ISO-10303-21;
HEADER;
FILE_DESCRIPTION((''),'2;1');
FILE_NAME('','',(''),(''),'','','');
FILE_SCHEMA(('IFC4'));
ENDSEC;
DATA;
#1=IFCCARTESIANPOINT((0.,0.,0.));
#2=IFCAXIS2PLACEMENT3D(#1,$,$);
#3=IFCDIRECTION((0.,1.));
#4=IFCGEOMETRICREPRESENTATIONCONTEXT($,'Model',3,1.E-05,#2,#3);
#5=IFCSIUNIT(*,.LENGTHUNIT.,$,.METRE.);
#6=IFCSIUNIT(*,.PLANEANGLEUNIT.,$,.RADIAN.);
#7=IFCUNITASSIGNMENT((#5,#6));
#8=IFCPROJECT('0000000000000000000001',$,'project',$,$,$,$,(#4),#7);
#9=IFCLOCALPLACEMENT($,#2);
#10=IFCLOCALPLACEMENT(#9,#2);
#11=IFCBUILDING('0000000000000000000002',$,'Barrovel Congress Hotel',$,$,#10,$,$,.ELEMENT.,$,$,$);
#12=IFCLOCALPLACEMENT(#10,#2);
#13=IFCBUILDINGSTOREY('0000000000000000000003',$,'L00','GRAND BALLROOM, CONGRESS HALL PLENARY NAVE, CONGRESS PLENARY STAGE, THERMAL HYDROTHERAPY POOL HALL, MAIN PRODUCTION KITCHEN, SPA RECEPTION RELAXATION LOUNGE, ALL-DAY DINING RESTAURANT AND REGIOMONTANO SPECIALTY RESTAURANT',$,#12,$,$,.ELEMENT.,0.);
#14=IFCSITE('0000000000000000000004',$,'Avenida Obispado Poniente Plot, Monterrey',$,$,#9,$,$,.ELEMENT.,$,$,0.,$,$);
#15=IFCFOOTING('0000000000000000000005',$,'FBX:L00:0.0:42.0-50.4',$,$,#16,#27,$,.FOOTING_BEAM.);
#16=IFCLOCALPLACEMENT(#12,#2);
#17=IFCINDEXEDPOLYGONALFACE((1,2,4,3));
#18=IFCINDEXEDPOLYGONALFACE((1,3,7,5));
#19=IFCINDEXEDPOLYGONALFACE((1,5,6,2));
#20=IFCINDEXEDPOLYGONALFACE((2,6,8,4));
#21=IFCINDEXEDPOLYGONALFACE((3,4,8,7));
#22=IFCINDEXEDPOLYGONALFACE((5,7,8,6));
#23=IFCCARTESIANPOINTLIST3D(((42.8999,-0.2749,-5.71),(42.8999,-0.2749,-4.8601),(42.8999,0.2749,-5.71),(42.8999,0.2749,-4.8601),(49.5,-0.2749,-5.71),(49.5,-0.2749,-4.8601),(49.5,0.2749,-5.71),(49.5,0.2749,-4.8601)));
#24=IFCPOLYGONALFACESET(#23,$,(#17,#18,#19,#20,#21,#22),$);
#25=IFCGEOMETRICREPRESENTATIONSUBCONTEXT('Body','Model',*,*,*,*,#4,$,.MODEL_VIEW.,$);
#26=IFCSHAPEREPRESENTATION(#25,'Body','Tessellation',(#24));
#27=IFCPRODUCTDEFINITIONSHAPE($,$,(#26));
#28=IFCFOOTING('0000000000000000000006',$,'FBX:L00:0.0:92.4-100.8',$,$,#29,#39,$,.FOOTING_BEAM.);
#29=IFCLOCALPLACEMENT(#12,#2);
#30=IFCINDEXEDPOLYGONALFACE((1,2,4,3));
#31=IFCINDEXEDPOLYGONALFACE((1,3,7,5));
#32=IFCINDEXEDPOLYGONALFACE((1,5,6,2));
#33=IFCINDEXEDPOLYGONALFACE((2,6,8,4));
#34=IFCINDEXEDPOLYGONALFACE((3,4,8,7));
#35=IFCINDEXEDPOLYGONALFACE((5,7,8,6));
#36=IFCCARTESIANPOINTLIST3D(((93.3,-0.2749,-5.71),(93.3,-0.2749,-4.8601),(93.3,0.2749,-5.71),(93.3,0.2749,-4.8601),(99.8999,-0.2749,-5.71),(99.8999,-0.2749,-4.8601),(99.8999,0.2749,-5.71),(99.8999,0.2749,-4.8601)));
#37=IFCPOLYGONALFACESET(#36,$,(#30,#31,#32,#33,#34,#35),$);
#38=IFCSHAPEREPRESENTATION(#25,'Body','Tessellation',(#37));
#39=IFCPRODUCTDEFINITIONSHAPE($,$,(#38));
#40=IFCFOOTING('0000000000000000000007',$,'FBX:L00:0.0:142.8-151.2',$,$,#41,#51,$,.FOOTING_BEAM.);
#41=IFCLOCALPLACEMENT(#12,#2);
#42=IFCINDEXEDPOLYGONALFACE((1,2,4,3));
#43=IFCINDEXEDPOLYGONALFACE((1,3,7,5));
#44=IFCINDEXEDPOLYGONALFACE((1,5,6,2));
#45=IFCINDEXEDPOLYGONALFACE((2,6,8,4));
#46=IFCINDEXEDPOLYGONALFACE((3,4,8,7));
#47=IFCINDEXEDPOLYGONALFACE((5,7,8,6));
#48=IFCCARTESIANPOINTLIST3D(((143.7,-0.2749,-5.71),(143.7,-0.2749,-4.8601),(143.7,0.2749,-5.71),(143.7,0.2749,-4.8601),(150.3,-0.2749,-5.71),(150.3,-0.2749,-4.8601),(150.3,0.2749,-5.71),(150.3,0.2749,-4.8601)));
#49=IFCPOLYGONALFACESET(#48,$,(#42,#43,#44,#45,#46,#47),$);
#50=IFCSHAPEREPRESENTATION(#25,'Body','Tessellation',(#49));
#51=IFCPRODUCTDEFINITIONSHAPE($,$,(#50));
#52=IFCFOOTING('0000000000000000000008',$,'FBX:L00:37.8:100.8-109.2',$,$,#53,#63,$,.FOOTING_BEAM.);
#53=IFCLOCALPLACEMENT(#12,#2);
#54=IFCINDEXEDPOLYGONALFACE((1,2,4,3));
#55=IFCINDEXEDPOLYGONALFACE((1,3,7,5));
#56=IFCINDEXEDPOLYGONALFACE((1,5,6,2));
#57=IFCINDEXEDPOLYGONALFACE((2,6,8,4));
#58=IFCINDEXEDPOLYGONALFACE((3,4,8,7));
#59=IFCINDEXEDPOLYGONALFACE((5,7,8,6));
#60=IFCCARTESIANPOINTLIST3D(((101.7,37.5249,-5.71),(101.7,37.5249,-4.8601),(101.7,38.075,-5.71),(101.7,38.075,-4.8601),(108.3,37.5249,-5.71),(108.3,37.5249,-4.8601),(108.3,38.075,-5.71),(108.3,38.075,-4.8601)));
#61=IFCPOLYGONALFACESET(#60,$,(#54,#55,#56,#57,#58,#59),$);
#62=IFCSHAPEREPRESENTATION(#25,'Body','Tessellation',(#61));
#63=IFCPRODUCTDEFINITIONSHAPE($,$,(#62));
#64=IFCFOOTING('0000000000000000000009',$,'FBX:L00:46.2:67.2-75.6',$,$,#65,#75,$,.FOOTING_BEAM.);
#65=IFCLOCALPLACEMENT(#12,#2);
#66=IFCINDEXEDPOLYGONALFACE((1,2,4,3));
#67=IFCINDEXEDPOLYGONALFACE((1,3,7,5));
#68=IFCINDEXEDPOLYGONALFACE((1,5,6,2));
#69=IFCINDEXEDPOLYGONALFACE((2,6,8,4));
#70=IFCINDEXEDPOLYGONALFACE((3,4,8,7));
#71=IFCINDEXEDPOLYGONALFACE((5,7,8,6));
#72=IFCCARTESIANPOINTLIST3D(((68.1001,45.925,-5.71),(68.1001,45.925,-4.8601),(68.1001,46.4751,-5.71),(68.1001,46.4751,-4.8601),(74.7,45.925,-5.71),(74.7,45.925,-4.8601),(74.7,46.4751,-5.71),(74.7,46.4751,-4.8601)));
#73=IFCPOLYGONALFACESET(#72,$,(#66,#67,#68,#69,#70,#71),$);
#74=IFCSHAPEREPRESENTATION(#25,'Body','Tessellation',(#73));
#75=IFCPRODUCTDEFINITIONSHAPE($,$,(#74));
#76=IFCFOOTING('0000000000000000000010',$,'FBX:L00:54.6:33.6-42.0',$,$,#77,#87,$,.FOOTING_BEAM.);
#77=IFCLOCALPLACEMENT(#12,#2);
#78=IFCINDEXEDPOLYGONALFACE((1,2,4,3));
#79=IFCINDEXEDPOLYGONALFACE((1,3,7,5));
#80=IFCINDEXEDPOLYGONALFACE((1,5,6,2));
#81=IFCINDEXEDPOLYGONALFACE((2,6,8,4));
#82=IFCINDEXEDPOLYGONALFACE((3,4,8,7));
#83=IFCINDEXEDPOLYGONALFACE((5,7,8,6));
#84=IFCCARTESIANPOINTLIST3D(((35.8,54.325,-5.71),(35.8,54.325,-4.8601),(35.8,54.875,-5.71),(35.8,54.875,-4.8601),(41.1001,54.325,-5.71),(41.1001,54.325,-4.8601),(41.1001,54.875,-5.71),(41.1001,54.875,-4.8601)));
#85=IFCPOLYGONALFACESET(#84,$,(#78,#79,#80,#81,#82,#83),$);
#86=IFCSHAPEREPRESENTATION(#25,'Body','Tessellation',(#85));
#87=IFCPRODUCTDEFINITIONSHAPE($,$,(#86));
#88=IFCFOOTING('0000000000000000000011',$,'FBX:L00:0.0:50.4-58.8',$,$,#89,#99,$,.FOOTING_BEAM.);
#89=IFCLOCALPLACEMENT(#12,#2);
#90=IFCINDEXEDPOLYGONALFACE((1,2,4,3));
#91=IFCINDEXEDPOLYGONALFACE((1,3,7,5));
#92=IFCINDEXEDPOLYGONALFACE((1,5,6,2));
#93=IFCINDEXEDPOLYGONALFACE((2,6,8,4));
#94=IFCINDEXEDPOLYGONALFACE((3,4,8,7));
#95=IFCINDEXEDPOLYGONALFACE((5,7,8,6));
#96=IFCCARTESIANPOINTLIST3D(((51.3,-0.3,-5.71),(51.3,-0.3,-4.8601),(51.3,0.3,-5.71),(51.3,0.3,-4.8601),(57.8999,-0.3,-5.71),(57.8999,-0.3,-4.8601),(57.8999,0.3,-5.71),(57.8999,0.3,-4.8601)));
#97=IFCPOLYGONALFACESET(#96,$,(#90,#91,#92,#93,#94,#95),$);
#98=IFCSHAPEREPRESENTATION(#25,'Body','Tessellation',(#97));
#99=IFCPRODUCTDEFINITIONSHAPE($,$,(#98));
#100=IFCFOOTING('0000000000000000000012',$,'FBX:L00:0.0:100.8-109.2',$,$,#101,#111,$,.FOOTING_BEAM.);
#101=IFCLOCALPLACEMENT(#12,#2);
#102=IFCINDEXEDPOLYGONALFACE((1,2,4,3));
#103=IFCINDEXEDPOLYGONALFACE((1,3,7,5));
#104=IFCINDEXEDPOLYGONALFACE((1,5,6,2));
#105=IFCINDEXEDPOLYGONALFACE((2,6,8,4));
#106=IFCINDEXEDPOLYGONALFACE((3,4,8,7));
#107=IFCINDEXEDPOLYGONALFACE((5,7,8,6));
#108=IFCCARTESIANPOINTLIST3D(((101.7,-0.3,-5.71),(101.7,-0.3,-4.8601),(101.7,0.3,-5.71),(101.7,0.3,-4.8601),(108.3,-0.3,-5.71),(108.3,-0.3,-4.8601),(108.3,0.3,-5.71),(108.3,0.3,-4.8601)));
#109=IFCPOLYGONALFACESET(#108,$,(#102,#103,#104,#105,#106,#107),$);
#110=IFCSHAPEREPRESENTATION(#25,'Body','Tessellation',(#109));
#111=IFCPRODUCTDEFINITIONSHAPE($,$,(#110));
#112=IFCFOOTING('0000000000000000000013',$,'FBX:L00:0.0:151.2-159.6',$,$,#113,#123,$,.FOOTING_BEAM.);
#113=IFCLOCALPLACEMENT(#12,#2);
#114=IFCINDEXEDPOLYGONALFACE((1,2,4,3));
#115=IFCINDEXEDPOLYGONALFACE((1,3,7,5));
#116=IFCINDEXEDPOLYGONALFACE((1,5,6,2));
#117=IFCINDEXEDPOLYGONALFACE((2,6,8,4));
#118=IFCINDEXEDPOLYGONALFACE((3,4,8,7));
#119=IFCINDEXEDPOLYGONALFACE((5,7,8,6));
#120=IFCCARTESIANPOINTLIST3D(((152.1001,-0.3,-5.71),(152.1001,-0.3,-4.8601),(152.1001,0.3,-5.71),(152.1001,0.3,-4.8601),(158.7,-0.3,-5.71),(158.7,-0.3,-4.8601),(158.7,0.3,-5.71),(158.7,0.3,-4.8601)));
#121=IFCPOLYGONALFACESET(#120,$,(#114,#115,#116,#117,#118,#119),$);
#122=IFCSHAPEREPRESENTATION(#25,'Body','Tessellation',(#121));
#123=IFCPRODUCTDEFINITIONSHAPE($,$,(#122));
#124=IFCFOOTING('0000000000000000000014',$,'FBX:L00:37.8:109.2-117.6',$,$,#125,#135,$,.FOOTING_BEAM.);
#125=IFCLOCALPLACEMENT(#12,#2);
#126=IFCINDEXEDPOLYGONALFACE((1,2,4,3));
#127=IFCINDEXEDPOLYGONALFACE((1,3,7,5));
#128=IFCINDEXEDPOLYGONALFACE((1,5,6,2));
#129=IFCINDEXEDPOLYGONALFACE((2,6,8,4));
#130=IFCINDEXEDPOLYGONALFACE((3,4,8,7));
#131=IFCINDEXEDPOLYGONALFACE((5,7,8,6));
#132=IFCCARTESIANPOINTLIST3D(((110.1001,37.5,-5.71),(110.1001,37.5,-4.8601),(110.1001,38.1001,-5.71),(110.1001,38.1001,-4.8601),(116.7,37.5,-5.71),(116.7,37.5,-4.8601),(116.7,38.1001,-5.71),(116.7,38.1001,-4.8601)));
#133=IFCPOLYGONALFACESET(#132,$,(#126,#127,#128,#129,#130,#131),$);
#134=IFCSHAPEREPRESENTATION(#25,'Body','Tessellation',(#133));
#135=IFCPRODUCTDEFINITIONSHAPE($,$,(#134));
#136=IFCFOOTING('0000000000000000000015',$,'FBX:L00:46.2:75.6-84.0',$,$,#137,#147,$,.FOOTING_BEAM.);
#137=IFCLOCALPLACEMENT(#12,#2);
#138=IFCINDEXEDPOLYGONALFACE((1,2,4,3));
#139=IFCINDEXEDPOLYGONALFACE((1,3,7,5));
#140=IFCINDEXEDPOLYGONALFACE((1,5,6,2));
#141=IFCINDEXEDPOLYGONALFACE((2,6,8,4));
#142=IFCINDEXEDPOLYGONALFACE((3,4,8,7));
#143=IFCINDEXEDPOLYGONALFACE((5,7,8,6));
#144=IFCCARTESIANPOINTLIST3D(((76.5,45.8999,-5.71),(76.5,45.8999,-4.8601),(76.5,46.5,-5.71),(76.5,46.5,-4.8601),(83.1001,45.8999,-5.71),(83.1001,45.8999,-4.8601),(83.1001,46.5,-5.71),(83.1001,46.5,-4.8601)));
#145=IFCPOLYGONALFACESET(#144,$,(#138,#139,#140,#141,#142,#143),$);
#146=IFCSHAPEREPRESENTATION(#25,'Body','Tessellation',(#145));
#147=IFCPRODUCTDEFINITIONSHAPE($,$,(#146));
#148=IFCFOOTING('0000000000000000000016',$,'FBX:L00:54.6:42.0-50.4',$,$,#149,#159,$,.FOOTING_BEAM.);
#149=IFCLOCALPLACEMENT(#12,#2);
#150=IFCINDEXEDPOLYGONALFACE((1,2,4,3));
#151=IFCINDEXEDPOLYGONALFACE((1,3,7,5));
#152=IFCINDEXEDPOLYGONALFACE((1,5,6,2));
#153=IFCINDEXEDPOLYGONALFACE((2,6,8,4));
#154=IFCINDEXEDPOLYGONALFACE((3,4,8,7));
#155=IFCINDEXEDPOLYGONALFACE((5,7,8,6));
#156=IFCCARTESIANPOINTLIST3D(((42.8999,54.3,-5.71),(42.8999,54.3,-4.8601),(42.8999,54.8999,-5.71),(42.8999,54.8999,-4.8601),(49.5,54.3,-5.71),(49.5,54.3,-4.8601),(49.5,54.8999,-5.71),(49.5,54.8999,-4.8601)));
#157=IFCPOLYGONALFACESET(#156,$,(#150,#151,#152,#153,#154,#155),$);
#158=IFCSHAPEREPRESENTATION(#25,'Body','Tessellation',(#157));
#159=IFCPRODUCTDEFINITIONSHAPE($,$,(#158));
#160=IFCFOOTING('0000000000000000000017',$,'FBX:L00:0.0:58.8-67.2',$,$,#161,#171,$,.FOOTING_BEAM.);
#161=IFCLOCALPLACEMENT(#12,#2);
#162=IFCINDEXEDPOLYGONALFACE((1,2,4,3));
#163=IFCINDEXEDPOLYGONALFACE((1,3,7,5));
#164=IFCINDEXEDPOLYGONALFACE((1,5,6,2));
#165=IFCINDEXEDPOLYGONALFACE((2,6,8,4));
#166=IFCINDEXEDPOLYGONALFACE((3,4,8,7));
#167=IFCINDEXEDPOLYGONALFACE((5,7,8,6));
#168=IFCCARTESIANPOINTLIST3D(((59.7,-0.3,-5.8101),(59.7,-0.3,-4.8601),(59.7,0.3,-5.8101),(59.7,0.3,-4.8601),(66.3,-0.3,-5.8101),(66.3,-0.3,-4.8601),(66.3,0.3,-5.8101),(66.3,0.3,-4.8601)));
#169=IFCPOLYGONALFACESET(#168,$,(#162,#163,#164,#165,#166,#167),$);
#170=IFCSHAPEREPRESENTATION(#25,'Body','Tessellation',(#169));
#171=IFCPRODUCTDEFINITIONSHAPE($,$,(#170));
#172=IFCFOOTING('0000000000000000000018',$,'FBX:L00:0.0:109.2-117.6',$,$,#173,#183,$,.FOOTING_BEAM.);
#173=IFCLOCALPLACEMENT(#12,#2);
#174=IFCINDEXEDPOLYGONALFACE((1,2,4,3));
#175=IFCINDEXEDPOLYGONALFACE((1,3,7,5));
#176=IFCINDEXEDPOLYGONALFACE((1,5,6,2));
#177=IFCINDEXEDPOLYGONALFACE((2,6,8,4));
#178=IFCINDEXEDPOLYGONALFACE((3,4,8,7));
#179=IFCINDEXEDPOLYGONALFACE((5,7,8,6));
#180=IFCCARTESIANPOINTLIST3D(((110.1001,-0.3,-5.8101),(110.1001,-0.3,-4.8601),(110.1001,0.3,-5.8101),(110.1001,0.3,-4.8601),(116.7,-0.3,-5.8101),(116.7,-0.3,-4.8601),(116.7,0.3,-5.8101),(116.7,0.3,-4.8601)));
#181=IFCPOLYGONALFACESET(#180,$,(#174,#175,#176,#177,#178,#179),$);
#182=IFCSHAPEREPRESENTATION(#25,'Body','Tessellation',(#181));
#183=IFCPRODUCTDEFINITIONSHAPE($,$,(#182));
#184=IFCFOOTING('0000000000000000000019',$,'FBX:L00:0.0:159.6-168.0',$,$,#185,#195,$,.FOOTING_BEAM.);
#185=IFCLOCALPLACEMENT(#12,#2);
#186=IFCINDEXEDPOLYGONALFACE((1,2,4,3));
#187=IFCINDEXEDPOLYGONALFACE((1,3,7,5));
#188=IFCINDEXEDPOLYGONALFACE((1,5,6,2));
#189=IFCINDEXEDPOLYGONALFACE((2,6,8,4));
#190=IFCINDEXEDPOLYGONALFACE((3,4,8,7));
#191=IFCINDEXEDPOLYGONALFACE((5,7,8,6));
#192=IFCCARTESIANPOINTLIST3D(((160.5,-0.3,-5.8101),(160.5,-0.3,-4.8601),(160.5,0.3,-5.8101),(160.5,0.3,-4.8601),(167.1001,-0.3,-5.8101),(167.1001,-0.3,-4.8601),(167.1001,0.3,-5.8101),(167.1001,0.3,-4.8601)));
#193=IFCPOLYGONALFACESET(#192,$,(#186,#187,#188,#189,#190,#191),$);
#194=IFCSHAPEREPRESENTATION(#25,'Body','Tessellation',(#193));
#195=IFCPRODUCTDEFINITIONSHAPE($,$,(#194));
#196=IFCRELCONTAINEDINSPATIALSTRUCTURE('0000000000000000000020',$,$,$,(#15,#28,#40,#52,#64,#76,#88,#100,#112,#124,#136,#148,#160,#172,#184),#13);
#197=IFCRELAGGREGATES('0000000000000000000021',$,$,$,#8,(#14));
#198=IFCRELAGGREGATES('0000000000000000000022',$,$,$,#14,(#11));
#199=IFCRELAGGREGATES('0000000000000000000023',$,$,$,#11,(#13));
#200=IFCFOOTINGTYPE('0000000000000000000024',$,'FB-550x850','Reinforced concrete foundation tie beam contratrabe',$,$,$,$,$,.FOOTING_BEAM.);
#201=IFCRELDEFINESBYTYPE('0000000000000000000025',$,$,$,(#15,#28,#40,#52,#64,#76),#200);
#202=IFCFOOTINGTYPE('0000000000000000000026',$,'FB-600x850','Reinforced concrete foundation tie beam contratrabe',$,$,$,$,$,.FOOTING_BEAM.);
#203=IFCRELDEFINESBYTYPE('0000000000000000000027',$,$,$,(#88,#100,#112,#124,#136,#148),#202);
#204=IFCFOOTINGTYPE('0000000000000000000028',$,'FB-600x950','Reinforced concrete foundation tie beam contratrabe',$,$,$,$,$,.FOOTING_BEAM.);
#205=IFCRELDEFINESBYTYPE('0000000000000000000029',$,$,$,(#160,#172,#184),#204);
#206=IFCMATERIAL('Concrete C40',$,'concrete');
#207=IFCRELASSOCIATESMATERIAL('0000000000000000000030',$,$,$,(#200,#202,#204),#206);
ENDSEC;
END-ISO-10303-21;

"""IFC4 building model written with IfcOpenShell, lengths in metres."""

from ifc_helpers import new_model, si_unit, direction, frame, origin, place, context, subcontext, project, spatial, polyline, outline, extrude, material, type_object, element, save


model = new_model("IFC4")

# Units and contexts
model_context = context("Model", 3, precision=1e-05, world=origin(), true_north=direction((0.0, 1.0)))
body_context = subcontext(model_context, "Body", "Model", "MODEL_VIEW")
ifc_project = project(units=[si_unit("LENGTHUNIT", "METRE"), si_unit("PLANEANGLEUNIT", "RADIAN")], contexts=[model_context])

# Site, building, storey
site_placement = place(None, origin())
site = spatial("IfcSite", under=ifc_project, at=site_placement, Name="Avenida Obispado Poniente Plot, Monterrey", CompositionType="ELEMENT", RefElevation=0.0)
building_placement = place(site_placement, origin())
building = spatial("IfcBuilding", under=site, at=building_placement, Name="Barrovel Congress Hotel", CompositionType="ELEMENT")
storey_placement = place(building_placement, origin())
storey = spatial("IfcBuildingStorey", under=building, at=storey_placement, Name="L00", Description="GRAND BALLROOM, CONGRESS HALL PLENARY NAVE, CONGRESS PLENARY STAGE, THERMAL HYDROTHERAPY POOL HALL, MAIN PRODUCTION KITCHEN, SPA RECEPTION RELAXATION LOUNGE, ALL-DAY DINING RESTAURANT AND REGIOMONTANO SPECIALTY RESTAURANT", CompositionType="ELEMENT", Elevation=0.0)

# Footings
ifc_material = material(Name="Concrete C40", Category="concrete")
footing_type_1 = type_object("IfcFootingType", Name="FB-550x850", Description="Reinforced concrete foundation tie beam contratrabe", PredefinedType="FOOTING_BEAM", material=ifc_material)
footing_1_placement = place(storey_placement, frame((0.0, 0.0, -5.71)))
element("IfcFooting", 1, at=footing_1_placement, inside=storey, type_object=footing_type_1, Name="FBX:L00:0.0:42.0-50.4", PredefinedType="FOOTING_BEAM", context=body_context, shape_type="SweptSolid", body=[
    extrude(outline(polyline([(42.8999, -0.2749), (49.5, -0.2749), (49.5, 0.2749), (42.8999, 0.2749), (42.8999, -0.2749)])), origin(), (0.0, 0.0, 1.0), 0.8499),
])
footing_2_placement = place(storey_placement, frame((0.0, 0.0, -5.71)))
element("IfcFooting", 2, at=footing_2_placement, inside=storey, type_object=footing_type_1, Name="FBX:L00:0.0:92.4-100.8", PredefinedType="FOOTING_BEAM", context=body_context, shape_type="SweptSolid", body=[
    extrude(outline(polyline([(93.3, -0.2749), (99.8999, -0.2749), (99.8999, 0.2749), (93.3, 0.2749), (93.3, -0.2749)])), origin(), (0.0, 0.0, 1.0), 0.8499),
])
footing_3_placement = place(storey_placement, frame((0.0, 0.0, -5.71)))
element("IfcFooting", 3, at=footing_3_placement, inside=storey, type_object=footing_type_1, Name="FBX:L00:0.0:142.8-151.2", PredefinedType="FOOTING_BEAM", context=body_context, shape_type="SweptSolid", body=[
    extrude(outline(polyline([(143.7, -0.2749), (150.3, -0.2749), (150.3, 0.2749), (143.7, 0.2749), (143.7, -0.2749)])), origin(), (0.0, 0.0, 1.0), 0.8499),
])
footing_4_placement = place(storey_placement, frame((0.0, 0.0, -5.71)))
element("IfcFooting", 4, at=footing_4_placement, inside=storey, type_object=footing_type_1, Name="FBX:L00:37.8:100.8-109.2", PredefinedType="FOOTING_BEAM", context=body_context, shape_type="SweptSolid", body=[
    extrude(outline(polyline([(101.7, 37.5249), (108.3, 37.5249), (108.3, 38.075), (101.7, 38.075), (101.7, 37.5249)])), origin(), (0.0, 0.0, 1.0), 0.8499),
])
footing_5_placement = place(storey_placement, frame((0.0, 0.0, -5.71)))
element("IfcFooting", 5, at=footing_5_placement, inside=storey, type_object=footing_type_1, Name="FBX:L00:46.2:67.2-75.6", PredefinedType="FOOTING_BEAM", context=body_context, shape_type="SweptSolid", body=[
    extrude(outline(polyline([(68.1001, 45.925), (74.7, 45.925), (74.7, 46.4751), (68.1001, 46.4751), (68.1001, 45.925)])), origin(), (0.0, 0.0, 1.0), 0.8499),
])
footing_6_placement = place(storey_placement, frame((0.0, 0.0, -5.71)))
element("IfcFooting", 6, at=footing_6_placement, inside=storey, type_object=footing_type_1, Name="FBX:L00:54.6:33.6-42.0", PredefinedType="FOOTING_BEAM", context=body_context, shape_type="SweptSolid", body=[
    extrude(outline(polyline([(35.8, 54.325), (41.1001, 54.325), (41.1001, 54.875), (35.8, 54.875), (35.8, 54.325)])), origin(), (0.0, 0.0, 1.0), 0.8499),
])
footing_type_2 = type_object("IfcFootingType", Name="FB-600x850", Description="Reinforced concrete foundation tie beam contratrabe", PredefinedType="FOOTING_BEAM", material=ifc_material)
footing_7_placement = place(storey_placement, frame((0.0, 0.0, -5.71)))
element("IfcFooting", 7, at=footing_7_placement, inside=storey, type_object=footing_type_2, Name="FBX:L00:0.0:50.4-58.8", PredefinedType="FOOTING_BEAM", context=body_context, shape_type="SweptSolid", body=[
    extrude(outline(polyline([(51.3, -0.3), (57.8999, -0.3), (57.8999, 0.3), (51.3, 0.3), (51.3, -0.3)])), origin(), (0.0, 0.0, 1.0), 0.8499),
])
footing_8_placement = place(storey_placement, frame((0.0, 0.0, -5.71)))
element("IfcFooting", 8, at=footing_8_placement, inside=storey, type_object=footing_type_2, Name="FBX:L00:0.0:100.8-109.2", PredefinedType="FOOTING_BEAM", context=body_context, shape_type="SweptSolid", body=[
    extrude(outline(polyline([(101.7, -0.3), (108.3, -0.3), (108.3, 0.3), (101.7, 0.3), (101.7, -0.3)])), origin(), (0.0, 0.0, 1.0), 0.8499),
])
footing_9_placement = place(storey_placement, frame((0.0, 0.0, -5.71)))
element("IfcFooting", 9, at=footing_9_placement, inside=storey, type_object=footing_type_2, Name="FBX:L00:0.0:151.2-159.6", PredefinedType="FOOTING_BEAM", context=body_context, shape_type="SweptSolid", body=[
    extrude(outline(polyline([(152.1001, -0.3), (158.7, -0.3), (158.7, 0.3), (152.1001, 0.3), (152.1001, -0.3)])), origin(), (0.0, 0.0, 1.0), 0.8499),
])
footing_10_placement = place(storey_placement, frame((0.0, 0.0, -5.71)))
element("IfcFooting", 10, at=footing_10_placement, inside=storey, type_object=footing_type_2, Name="FBX:L00:37.8:109.2-117.6", PredefinedType="FOOTING_BEAM", context=body_context, shape_type="SweptSolid", body=[
    extrude(outline(polyline([(110.1001, 37.5), (116.7, 37.5), (116.7, 38.1001), (110.1001, 38.1001), (110.1001, 37.5)])), origin(), (0.0, 0.0, 1.0), 0.8499),
])
footing_11_placement = place(storey_placement, frame((0.0, 0.0, -5.71)))
element("IfcFooting", 11, at=footing_11_placement, inside=storey, type_object=footing_type_2, Name="FBX:L00:46.2:75.6-84.0", PredefinedType="FOOTING_BEAM", context=body_context, shape_type="SweptSolid", body=[
    extrude(outline(polyline([(76.5, 45.8999), (83.1001, 45.8999), (83.1001, 46.5), (76.5, 46.5), (76.5, 45.8999)])), origin(), (0.0, 0.0, 1.0), 0.8499),
])
footing_12_placement = place(storey_placement, frame((0.0, 0.0, -5.71)))
element("IfcFooting", 12, at=footing_12_placement, inside=storey, type_object=footing_type_2, Name="FBX:L00:54.6:42.0-50.4", PredefinedType="FOOTING_BEAM", context=body_context, shape_type="SweptSolid", body=[
    extrude(outline(polyline([(42.8999, 54.3), (49.5, 54.3), (49.5, 54.8999), (42.8999, 54.8999), (42.8999, 54.3)])), origin(), (0.0, 0.0, 1.0), 0.8499),
])
footing_type_3 = type_object("IfcFootingType", Name="FB-600x950", Description="Reinforced concrete foundation tie beam contratrabe", PredefinedType="FOOTING_BEAM", material=ifc_material)
footing_13_placement = place(storey_placement, frame((0.0, 0.0, -5.8101)))
element("IfcFooting", 13, at=footing_13_placement, inside=storey, type_object=footing_type_3, Name="FBX:L00:0.0:58.8-67.2", PredefinedType="FOOTING_BEAM", context=body_context, shape_type="SweptSolid", body=[
    extrude(outline(polyline([(59.7, -0.3), (66.3, -0.3), (66.3, 0.3), (59.7, 0.3), (59.7, -0.3)])), origin(), (0.0, 0.0, 1.0), 0.95),
])
footing_14_placement = place(storey_placement, frame((0.0, 0.0, -5.8101)))
element("IfcFooting", 14, at=footing_14_placement, inside=storey, type_object=footing_type_3, Name="FBX:L00:0.0:109.2-117.6", PredefinedType="FOOTING_BEAM", context=body_context, shape_type="SweptSolid", body=[
    extrude(outline(polyline([(110.1001, -0.3), (116.7, -0.3), (116.7, 0.3), (110.1001, 0.3), (110.1001, -0.3)])), origin(), (0.0, 0.0, 1.0), 0.95),
])
footing_15_placement = place(storey_placement, frame((0.0, 0.0, -5.8101)))
element("IfcFooting", 15, at=footing_15_placement, inside=storey, type_object=footing_type_3, Name="FBX:L00:0.0:159.6-168.0", PredefinedType="FOOTING_BEAM", context=body_context, shape_type="SweptSolid", body=[
    extrude(outline(polyline([(160.5, -0.3), (167.1001, -0.3), (167.1001, 0.3), (160.5, 0.3), (160.5, -0.3)])), origin(), (0.0, 0.0, 1.0), 0.95),
])

save(model, "model.ifc")
